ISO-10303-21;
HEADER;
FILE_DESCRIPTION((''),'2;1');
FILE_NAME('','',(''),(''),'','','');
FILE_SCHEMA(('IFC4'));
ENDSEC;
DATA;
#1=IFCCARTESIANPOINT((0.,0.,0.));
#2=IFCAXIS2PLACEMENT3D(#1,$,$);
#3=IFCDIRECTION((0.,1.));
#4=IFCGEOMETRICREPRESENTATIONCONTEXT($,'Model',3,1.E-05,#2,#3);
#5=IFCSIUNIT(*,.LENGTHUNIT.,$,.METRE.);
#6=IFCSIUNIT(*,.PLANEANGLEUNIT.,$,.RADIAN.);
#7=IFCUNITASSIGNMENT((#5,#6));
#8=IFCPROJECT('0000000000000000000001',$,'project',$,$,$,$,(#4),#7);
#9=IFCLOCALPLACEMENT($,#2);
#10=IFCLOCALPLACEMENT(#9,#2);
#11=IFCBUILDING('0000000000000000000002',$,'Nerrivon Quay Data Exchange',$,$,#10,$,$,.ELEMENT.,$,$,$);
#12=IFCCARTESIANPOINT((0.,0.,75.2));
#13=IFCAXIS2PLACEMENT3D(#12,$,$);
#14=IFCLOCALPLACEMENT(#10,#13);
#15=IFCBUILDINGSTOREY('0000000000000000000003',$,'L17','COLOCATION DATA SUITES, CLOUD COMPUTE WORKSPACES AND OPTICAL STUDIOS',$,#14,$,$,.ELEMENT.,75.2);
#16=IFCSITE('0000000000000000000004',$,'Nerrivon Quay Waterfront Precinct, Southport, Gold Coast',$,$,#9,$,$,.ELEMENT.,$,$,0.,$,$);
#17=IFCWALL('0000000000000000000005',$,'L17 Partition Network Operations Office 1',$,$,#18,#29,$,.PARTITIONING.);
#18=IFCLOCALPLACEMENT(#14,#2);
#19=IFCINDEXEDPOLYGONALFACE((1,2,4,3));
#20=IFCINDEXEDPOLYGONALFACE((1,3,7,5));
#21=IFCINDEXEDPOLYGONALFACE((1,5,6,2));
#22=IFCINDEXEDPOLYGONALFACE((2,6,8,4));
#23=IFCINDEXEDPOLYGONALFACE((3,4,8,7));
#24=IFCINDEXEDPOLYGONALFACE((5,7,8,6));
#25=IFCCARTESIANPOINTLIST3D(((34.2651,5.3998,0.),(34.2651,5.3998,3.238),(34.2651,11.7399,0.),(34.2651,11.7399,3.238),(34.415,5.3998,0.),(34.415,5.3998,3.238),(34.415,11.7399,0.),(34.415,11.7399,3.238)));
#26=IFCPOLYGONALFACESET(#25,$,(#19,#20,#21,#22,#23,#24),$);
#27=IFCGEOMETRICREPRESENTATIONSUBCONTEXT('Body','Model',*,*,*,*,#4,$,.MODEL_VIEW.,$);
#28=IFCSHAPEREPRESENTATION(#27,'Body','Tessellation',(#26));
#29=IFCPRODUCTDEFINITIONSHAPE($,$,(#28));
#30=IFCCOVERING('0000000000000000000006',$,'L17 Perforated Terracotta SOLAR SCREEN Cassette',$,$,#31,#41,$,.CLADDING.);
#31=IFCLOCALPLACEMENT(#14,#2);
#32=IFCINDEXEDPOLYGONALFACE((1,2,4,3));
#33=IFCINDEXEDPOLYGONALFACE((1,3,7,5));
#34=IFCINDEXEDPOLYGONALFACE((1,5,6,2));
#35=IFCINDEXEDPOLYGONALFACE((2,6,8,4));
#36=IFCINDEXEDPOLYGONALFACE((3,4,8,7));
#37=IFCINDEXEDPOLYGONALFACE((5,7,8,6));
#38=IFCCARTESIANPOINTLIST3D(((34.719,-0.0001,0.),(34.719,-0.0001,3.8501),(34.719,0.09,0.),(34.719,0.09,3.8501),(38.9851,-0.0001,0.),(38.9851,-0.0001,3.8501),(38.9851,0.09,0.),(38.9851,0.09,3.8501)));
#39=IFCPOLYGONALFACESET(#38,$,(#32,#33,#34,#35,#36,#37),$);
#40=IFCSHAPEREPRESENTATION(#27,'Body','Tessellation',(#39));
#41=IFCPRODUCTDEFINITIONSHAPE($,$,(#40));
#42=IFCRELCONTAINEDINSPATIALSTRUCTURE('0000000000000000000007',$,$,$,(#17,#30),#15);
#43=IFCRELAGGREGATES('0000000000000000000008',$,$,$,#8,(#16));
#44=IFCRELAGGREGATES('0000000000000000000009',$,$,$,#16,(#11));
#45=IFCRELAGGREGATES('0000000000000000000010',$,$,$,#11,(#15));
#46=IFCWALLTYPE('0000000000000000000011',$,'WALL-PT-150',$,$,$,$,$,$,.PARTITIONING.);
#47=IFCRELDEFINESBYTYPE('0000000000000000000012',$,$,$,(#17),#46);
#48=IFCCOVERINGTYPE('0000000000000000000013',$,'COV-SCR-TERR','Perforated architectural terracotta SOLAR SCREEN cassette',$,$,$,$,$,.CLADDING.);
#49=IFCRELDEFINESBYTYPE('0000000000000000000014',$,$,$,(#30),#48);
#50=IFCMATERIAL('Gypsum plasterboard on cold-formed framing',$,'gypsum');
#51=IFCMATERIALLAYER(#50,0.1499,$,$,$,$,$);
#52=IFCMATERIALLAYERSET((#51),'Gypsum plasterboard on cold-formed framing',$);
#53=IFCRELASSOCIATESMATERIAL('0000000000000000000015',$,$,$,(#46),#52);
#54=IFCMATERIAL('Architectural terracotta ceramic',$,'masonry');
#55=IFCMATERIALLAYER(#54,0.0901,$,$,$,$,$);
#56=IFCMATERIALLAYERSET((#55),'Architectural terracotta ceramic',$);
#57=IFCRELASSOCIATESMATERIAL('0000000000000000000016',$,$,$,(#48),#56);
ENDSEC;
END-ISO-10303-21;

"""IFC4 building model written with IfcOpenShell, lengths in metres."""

from ifc_helpers import new_model, si_unit, direction, frame, frame_2d, origin, origin_2d, place, context, subcontext, project, spatial, rectangle, extrude, material, layer, layer_set, type_object, element, save


model = new_model("IFC4")

# Units and contexts
model_context = context("Model", 3, precision=1e-05, world=origin(), true_north=direction((0.0, 1.0)))
body_context = subcontext(model_context, "Body", "Model", "MODEL_VIEW")
ifc_project = project(units=[si_unit("LENGTHUNIT", "METRE"), si_unit("PLANEANGLEUNIT", "RADIAN")], contexts=[model_context])

# Site, building, storey
site_placement = place(None, origin())
site = spatial("IfcSite", under=ifc_project, at=site_placement, Name="Nerrivon Quay Waterfront Precinct, Southport, Gold Coast", CompositionType="ELEMENT", RefElevation=0.0)
building_placement = place(site_placement, origin())
building = spatial("IfcBuilding", under=site, at=building_placement, Name="Nerrivon Quay Data Exchange", CompositionType="ELEMENT")
storey_placement = place(building_placement, frame((0.0, 0.0, 75.2)))
storey = spatial("IfcBuildingStorey", under=building, at=storey_placement, Name="L17", Description="COLOCATION DATA SUITES, CLOUD COMPUTE WORKSPACES AND OPTICAL STUDIOS", CompositionType="ELEMENT", Elevation=75.2)

# Wall
ifc_material_1 = material(Name="Gypsum plasterboard on cold-formed framing", Category="gypsum")
ifc_layer_1 = layer(ifc_material_1, 0.1499)
ifc_layer_set_1 = layer_set([ifc_layer_1], Name="Gypsum plasterboard on cold-formed framing")
wall_type_1 = type_object("IfcWallType", Name="WALL-PT-150", PredefinedType="PARTITIONING", material=ifc_layer_set_1)
wall_1_placement = place(storey_placement, frame((34.3401, 5.3999, 0.0), z_axis=(0.0, 0.0, 1.0), x_axis=(0.0, 1.0, 0.0)))
element("IfcWall", 1, at=wall_1_placement, inside=storey, type_object=wall_type_1, Name="L17 Partition Network Operations Office 1", PredefinedType="PARTITIONING", context=body_context, shape_type="SweptSolid", body=[
    extrude(rectangle(XDim=6.3401, YDim=0.1499, at=frame_2d((3.1699, 0.0))), origin(), (0.0, 0.0, 1.0), 3.238),
])

# Covering
ifc_material_2 = material(Name="Architectural terracotta ceramic", Category="masonry")
ifc_layer_2 = layer(ifc_material_2, 0.0901)
ifc_layer_set_2 = layer_set([ifc_layer_2], Name="Architectural terracotta ceramic")
covering_type = type_object("IfcCoveringType", Name="COV-SCR-TERR", Description="Perforated architectural terracotta SOLAR SCREEN cassette", PredefinedType="CLADDING", material=ifc_layer_set_2)
covering_placement = place(storey_placement, frame((36.8521, 0.0449, 0.0), z_axis=(0.0, 0.0, 1.0), x_axis=(-1.0, 0.0, 0.0)))
element("IfcCovering", 2, at=covering_placement, inside=storey, type_object=covering_type, Name="L17 Perforated Terracotta SOLAR SCREEN Cassette", PredefinedType="CLADDING", context=body_context, shape_type="SweptSolid", body=[
    extrude(rectangle(XDim=4.2661, YDim=0.0901, at=origin_2d()), origin(), (0.0, 0.0, 1.0), 3.8501),
])

save(model, "model.ifc")
